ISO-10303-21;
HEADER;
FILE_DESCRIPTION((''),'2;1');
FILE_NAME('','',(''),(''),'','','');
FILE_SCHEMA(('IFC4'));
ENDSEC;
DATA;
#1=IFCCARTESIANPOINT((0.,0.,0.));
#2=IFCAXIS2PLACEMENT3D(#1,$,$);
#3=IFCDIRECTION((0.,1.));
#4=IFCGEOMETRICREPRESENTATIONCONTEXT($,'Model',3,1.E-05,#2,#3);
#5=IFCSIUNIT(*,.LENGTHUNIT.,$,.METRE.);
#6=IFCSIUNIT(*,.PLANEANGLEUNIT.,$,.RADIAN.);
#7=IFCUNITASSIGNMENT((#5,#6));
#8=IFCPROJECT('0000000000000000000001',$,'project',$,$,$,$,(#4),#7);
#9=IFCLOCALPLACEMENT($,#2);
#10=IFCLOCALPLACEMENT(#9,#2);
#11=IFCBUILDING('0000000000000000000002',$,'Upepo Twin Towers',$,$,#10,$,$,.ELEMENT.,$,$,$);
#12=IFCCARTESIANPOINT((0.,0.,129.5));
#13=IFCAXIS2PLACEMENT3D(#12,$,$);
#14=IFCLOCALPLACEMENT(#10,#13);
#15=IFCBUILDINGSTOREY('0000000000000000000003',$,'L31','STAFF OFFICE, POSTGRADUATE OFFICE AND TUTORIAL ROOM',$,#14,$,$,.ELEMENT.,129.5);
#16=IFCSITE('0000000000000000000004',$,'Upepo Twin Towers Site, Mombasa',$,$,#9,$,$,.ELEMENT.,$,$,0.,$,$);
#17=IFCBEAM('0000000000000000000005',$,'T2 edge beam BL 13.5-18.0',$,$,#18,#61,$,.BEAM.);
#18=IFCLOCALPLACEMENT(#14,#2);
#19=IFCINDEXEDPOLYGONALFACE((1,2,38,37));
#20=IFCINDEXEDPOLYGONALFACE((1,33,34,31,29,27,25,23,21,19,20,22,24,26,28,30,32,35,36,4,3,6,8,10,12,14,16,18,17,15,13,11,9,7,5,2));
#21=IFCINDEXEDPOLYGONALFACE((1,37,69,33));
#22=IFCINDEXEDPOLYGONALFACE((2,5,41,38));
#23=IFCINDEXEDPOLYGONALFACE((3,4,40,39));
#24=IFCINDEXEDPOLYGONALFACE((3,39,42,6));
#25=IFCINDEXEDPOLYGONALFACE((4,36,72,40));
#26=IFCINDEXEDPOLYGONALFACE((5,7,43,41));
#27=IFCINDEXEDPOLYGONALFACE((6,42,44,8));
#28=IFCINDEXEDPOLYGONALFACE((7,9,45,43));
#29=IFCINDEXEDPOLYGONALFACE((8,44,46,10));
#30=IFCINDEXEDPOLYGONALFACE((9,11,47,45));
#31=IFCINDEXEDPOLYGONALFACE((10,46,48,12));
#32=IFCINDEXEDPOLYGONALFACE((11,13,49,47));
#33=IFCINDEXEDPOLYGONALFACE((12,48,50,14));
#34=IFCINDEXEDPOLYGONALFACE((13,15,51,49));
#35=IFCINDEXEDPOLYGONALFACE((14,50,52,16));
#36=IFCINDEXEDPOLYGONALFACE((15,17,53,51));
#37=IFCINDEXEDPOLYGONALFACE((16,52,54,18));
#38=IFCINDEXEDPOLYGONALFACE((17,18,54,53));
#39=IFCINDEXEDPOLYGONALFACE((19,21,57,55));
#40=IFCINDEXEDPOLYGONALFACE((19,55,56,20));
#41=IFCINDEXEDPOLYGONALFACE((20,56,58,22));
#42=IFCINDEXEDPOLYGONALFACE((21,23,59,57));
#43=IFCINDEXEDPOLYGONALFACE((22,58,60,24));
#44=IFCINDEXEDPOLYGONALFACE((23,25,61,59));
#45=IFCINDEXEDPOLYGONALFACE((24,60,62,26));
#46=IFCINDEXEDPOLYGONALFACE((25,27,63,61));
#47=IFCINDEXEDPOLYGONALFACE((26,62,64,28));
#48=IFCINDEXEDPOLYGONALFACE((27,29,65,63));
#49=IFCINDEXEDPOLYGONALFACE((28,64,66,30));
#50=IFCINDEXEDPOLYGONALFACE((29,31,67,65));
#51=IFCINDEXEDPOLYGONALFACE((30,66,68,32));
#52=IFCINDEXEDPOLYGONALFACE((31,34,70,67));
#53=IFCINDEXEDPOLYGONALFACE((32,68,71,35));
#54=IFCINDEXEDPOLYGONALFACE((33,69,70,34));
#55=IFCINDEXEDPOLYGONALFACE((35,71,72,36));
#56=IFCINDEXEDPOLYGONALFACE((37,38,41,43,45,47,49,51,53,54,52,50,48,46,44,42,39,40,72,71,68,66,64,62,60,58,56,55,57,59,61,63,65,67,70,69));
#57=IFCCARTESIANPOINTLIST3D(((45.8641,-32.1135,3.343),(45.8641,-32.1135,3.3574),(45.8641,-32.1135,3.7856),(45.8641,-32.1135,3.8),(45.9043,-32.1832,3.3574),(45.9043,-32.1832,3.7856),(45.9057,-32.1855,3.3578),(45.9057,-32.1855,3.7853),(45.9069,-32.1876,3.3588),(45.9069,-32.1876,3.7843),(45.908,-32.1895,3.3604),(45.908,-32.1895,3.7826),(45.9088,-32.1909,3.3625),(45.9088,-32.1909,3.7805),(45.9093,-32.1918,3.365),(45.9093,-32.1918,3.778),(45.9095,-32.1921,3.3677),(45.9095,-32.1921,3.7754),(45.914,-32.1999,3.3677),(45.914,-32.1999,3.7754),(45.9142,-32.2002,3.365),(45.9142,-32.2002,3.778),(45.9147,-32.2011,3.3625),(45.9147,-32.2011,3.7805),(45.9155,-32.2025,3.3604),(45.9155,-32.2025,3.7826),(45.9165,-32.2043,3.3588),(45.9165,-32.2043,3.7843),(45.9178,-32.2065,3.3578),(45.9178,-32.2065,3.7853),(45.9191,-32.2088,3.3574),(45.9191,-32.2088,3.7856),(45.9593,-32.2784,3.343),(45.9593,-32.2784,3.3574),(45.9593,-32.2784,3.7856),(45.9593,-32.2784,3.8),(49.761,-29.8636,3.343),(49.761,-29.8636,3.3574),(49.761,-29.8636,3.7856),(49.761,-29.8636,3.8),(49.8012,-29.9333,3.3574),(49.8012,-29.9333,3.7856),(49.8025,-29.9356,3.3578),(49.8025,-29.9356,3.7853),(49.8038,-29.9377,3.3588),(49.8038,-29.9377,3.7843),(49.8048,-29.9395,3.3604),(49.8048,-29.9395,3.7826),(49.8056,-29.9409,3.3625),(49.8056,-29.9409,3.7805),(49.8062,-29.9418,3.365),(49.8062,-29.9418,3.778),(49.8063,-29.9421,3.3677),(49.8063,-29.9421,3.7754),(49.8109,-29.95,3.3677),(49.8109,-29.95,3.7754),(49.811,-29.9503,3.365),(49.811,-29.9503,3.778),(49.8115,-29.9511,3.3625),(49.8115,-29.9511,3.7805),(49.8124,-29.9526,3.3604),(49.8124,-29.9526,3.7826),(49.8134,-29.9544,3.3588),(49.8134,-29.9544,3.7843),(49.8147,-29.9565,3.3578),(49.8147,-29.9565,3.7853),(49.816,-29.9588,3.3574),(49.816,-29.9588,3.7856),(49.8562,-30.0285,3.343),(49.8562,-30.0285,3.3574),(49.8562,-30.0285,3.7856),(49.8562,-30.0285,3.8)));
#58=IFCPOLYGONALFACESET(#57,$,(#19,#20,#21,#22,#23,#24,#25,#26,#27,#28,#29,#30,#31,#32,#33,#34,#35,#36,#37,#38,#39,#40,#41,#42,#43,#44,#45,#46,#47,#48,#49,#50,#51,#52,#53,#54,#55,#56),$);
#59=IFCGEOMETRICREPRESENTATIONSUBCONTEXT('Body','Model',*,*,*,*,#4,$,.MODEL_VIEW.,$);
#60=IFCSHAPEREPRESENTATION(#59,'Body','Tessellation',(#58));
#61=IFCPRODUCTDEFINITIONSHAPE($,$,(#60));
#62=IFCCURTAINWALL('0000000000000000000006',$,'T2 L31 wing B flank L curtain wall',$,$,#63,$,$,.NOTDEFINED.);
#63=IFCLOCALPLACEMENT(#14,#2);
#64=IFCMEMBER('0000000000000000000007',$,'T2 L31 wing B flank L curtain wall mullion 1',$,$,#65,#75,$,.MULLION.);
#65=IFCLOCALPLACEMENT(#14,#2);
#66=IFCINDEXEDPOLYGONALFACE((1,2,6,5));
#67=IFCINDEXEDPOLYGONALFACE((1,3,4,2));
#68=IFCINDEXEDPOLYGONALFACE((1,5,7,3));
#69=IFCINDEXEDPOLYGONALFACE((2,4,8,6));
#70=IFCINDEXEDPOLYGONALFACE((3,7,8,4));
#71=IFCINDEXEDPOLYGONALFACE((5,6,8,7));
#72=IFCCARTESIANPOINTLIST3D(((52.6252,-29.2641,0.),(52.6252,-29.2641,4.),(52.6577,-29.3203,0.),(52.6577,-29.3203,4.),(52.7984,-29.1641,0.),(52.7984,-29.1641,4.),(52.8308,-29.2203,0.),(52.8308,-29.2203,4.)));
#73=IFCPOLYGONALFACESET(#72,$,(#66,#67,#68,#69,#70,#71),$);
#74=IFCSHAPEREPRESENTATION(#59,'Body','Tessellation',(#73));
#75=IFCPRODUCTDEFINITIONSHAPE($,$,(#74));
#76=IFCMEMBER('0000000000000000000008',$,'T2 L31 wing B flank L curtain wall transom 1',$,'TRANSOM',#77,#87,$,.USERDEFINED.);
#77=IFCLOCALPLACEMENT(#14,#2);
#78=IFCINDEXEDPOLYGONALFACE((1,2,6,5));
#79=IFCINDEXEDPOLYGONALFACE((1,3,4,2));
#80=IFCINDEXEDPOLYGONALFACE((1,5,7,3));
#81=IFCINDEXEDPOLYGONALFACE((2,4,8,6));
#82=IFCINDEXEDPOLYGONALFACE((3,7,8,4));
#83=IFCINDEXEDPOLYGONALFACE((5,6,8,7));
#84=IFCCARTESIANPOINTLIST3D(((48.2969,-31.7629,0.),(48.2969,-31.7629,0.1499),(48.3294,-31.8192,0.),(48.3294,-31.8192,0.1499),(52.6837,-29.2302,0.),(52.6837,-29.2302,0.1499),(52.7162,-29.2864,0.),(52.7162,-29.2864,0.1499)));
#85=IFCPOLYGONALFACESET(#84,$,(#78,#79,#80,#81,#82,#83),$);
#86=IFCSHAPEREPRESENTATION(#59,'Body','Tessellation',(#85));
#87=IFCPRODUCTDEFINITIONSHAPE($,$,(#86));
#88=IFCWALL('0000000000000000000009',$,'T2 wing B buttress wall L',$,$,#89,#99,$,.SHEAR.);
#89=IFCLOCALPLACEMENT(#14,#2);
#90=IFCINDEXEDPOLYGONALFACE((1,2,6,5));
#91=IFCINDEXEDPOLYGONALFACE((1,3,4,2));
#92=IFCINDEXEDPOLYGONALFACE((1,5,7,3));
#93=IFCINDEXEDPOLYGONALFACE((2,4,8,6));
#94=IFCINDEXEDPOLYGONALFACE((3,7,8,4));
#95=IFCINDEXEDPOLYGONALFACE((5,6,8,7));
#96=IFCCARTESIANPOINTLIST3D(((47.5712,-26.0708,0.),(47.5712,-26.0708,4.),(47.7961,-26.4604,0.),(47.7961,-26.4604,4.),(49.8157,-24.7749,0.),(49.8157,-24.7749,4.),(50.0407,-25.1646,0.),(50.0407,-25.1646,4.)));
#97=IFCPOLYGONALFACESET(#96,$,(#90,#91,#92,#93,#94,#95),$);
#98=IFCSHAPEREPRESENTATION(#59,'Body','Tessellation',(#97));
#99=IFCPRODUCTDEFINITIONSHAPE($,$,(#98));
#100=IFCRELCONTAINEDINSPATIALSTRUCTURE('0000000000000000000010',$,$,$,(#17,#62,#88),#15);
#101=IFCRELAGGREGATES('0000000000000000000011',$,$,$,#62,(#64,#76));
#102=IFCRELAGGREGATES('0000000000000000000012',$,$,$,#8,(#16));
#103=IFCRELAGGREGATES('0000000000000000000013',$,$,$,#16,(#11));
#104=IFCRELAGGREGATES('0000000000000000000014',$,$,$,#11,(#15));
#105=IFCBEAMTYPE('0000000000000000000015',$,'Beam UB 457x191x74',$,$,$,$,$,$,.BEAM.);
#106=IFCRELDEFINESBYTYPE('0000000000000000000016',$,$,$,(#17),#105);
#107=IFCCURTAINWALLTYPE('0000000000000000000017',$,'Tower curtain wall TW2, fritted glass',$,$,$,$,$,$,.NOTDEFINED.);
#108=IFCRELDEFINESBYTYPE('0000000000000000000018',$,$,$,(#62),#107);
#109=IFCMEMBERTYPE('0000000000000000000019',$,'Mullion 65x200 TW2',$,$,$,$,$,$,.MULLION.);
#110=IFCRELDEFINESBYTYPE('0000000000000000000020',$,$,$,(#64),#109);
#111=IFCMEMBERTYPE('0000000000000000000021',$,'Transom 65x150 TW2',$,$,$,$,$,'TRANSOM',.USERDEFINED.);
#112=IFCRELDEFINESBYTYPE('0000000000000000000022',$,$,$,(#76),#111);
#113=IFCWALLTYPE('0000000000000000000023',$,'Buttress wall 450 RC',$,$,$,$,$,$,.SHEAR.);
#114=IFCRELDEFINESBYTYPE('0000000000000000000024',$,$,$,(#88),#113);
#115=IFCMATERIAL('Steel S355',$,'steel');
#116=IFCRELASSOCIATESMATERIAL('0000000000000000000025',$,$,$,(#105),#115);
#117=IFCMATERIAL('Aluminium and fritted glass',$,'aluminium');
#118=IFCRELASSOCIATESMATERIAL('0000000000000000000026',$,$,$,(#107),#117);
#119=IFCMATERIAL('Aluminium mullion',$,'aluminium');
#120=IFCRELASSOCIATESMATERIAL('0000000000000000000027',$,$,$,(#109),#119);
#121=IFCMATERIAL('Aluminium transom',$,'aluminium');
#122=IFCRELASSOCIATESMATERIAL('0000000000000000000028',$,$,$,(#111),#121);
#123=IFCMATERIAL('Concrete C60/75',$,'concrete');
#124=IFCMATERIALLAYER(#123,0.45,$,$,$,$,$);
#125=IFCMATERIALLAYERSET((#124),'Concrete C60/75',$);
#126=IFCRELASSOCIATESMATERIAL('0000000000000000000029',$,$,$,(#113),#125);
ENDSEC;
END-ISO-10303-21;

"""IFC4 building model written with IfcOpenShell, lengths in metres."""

from ifc_helpers import new_model, si_unit, direction, frame, frame_2d, origin, origin_2d, place, context, subcontext, project, spatial, rectangle, i_section, extrude, material, layer, layer_set, material_profile, profile_set, type_object, element, aggregate, save


model = new_model("IFC4")

# Units and contexts
model_context = context("Model", 3, precision=1e-05, world=origin(), true_north=direction((0.0, 1.0)))
body_context = subcontext(model_context, "Body", "Model", "MODEL_VIEW")
ifc_project = project(units=[si_unit("LENGTHUNIT", "METRE"), si_unit("PLANEANGLEUNIT", "RADIAN")], contexts=[model_context])

# Site, building, storey
site_placement = place(None, origin())
site = spatial("IfcSite", under=ifc_project, at=site_placement, Name="Upepo Twin Towers Site, Mombasa", CompositionType="ELEMENT", RefElevation=0.0)
building_placement = place(site_placement, origin())
building = spatial("IfcBuilding", under=site, at=building_placement, Name="Upepo Twin Towers", CompositionType="ELEMENT")
storey_placement = place(building_placement, frame((0.0, 0.0, 129.5)))
storey = spatial("IfcBuildingStorey", under=building, at=storey_placement, Name="L31", Description="STAFF OFFICE, POSTGRADUATE OFFICE AND TUTORIAL ROOM", CompositionType="ELEMENT", Elevation=129.5)

# Beam
ifc_material_1 = material(Name="Steel S355", Category="steel")
ifc_material_profile_1 = material_profile(ifc_material_1, i_section(OverallWidth=0.1904, OverallDepth=0.457, WebThickness=0.009, FlangeThickness=0.0144, FilletRadius=0.0103, at=origin_2d()), Name="UB 457x191x74")
ifc_profile_set_1 = profile_set([ifc_material_profile_1], Name="Steel S355")
beam_type = type_object("IfcBeamType", Name="Beam UB 457x191x74", PredefinedType="BEAM", material=ifc_profile_set_1)
beam_placement = place(storey_placement, frame((49.8086, -29.946, 3.5715), z_axis=(-0.866018, -0.500014, 0.0), x_axis=(0.500014, -0.866018, 0.0)))
element("IfcBeam", 1, at=beam_placement, inside=storey, type_object=beam_type, Name="T2 edge beam BL 13.5-18.0", PredefinedType="BEAM", context=body_context, shape_type="SweptSolid", body=[
    extrude(i_section(OverallWidth=0.1904, OverallDepth=0.457, WebThickness=0.009, FlangeThickness=0.0144, FilletRadius=0.0103, at=origin_2d()), origin(), (0.0, 0.0, 1.0), 4.4998),
])

# Curtain wall, members
ifc_material_2 = material(Name="Aluminium and fritted glass", Category="aluminium")
curtain_wall_type = type_object("IfcCurtainWallType", Name="Tower curtain wall TW2, fritted glass", PredefinedType="NOTDEFINED", material=ifc_material_2)
curtain_wall_placement = place(storey_placement, origin())
curtain_wall = element("IfcCurtainWall", 2, at=curtain_wall_placement, inside=storey, type_object=curtain_wall_type, Name="T2 L31 wing B flank L curtain wall", PredefinedType="NOTDEFINED")
ifc_material_3 = material(Name="Aluminium mullion", Category="aluminium")
ifc_material_profile_2 = material_profile(ifc_material_3, rectangle(XDim=0.0649, YDim=0.2, at=origin_2d()), Name="MULLION 65x200")
ifc_profile_set_2 = profile_set([ifc_material_profile_2], Name="Aluminium mullion")
member_type_1 = type_object("IfcMemberType", Name="Mullion 65x200 TW2", PredefinedType="MULLION", material=ifc_profile_set_2)
member_1_placement = place(storey_placement, frame((52.728, -29.2422, 0.0), z_axis=(0.0, 0.0, 1.0), x_axis=(0.5, -0.866025, 0.0)))
member_1 = element("IfcMember", 3, at=member_1_placement, type_object=member_type_1, Name="T2 L31 wing B flank L curtain wall mullion 1", PredefinedType="MULLION", context=body_context, shape_type="SweptSolid", body=[
    extrude(rectangle(XDim=0.0649, YDim=0.2, at=origin_2d()), origin(), (0.0, 0.0, 1.0), 4.0),
])
ifc_material_4 = material(Name="Aluminium transom", Category="aluminium")
ifc_material_profile_3 = material_profile(ifc_material_4, rectangle(XDim=0.0649, YDim=0.1499, at=origin_2d()), Name="TRANSOM 65x150")
ifc_profile_set_3 = profile_set([ifc_material_profile_3], Name="Aluminium transom")
member_type_2 = type_object("IfcMemberType", Name="Transom 65x150 TW2", ElementType="TRANSOM", PredefinedType="USERDEFINED", material=ifc_profile_set_3)
member_2_placement = place(storey_placement, frame((52.7, -29.2583, 0.075), z_axis=(-0.866022, -0.500006, 0.0), x_axis=(0.500006, -0.866022, 0.0)))
member_2 = element("IfcMember", 4, at=member_2_placement, type_object=member_type_2, Name="T2 L31 wing B flank L curtain wall transom 1", ObjectType="TRANSOM", PredefinedType="USERDEFINED", context=body_context, shape_type="SweptSolid", body=[
    extrude(rectangle(XDim=0.0649, YDim=0.1499, at=origin_2d()), origin(), (0.0, 0.0, 1.0), 5.0654),
])
aggregate(curtain_wall, [member_1, member_2])

# Wall
ifc_material_5 = material(Name="Concrete C60/75", Category="concrete")
ifc_layer_1 = layer(ifc_material_5, 0.45)
ifc_layer_set_1 = layer_set([ifc_layer_1], Name="Concrete C60/75")
wall_type_1 = type_object("IfcWallType", Name="Buttress wall 450 RC", PredefinedType="SHEAR", material=ifc_layer_set_1)
wall_1_placement = place(storey_placement, frame((49.9282, -24.9697, 0.0), z_axis=(0.0, 0.0, 1.0), x_axis=(-0.866032, -0.499989, 0.0)))
element("IfcWall", 5, at=wall_1_placement, inside=storey, type_object=wall_type_1, Name="T2 wing B buttress wall L", PredefinedType="SHEAR", context=body_context, shape_type="SweptSolid", body=[
    extrude(rectangle(XDim=2.5918, YDim=0.45, at=frame_2d((1.2959, 0.0))), origin(), (0.0, 0.0, 1.0), 4.0),
])

save(model, "model.ifc")
